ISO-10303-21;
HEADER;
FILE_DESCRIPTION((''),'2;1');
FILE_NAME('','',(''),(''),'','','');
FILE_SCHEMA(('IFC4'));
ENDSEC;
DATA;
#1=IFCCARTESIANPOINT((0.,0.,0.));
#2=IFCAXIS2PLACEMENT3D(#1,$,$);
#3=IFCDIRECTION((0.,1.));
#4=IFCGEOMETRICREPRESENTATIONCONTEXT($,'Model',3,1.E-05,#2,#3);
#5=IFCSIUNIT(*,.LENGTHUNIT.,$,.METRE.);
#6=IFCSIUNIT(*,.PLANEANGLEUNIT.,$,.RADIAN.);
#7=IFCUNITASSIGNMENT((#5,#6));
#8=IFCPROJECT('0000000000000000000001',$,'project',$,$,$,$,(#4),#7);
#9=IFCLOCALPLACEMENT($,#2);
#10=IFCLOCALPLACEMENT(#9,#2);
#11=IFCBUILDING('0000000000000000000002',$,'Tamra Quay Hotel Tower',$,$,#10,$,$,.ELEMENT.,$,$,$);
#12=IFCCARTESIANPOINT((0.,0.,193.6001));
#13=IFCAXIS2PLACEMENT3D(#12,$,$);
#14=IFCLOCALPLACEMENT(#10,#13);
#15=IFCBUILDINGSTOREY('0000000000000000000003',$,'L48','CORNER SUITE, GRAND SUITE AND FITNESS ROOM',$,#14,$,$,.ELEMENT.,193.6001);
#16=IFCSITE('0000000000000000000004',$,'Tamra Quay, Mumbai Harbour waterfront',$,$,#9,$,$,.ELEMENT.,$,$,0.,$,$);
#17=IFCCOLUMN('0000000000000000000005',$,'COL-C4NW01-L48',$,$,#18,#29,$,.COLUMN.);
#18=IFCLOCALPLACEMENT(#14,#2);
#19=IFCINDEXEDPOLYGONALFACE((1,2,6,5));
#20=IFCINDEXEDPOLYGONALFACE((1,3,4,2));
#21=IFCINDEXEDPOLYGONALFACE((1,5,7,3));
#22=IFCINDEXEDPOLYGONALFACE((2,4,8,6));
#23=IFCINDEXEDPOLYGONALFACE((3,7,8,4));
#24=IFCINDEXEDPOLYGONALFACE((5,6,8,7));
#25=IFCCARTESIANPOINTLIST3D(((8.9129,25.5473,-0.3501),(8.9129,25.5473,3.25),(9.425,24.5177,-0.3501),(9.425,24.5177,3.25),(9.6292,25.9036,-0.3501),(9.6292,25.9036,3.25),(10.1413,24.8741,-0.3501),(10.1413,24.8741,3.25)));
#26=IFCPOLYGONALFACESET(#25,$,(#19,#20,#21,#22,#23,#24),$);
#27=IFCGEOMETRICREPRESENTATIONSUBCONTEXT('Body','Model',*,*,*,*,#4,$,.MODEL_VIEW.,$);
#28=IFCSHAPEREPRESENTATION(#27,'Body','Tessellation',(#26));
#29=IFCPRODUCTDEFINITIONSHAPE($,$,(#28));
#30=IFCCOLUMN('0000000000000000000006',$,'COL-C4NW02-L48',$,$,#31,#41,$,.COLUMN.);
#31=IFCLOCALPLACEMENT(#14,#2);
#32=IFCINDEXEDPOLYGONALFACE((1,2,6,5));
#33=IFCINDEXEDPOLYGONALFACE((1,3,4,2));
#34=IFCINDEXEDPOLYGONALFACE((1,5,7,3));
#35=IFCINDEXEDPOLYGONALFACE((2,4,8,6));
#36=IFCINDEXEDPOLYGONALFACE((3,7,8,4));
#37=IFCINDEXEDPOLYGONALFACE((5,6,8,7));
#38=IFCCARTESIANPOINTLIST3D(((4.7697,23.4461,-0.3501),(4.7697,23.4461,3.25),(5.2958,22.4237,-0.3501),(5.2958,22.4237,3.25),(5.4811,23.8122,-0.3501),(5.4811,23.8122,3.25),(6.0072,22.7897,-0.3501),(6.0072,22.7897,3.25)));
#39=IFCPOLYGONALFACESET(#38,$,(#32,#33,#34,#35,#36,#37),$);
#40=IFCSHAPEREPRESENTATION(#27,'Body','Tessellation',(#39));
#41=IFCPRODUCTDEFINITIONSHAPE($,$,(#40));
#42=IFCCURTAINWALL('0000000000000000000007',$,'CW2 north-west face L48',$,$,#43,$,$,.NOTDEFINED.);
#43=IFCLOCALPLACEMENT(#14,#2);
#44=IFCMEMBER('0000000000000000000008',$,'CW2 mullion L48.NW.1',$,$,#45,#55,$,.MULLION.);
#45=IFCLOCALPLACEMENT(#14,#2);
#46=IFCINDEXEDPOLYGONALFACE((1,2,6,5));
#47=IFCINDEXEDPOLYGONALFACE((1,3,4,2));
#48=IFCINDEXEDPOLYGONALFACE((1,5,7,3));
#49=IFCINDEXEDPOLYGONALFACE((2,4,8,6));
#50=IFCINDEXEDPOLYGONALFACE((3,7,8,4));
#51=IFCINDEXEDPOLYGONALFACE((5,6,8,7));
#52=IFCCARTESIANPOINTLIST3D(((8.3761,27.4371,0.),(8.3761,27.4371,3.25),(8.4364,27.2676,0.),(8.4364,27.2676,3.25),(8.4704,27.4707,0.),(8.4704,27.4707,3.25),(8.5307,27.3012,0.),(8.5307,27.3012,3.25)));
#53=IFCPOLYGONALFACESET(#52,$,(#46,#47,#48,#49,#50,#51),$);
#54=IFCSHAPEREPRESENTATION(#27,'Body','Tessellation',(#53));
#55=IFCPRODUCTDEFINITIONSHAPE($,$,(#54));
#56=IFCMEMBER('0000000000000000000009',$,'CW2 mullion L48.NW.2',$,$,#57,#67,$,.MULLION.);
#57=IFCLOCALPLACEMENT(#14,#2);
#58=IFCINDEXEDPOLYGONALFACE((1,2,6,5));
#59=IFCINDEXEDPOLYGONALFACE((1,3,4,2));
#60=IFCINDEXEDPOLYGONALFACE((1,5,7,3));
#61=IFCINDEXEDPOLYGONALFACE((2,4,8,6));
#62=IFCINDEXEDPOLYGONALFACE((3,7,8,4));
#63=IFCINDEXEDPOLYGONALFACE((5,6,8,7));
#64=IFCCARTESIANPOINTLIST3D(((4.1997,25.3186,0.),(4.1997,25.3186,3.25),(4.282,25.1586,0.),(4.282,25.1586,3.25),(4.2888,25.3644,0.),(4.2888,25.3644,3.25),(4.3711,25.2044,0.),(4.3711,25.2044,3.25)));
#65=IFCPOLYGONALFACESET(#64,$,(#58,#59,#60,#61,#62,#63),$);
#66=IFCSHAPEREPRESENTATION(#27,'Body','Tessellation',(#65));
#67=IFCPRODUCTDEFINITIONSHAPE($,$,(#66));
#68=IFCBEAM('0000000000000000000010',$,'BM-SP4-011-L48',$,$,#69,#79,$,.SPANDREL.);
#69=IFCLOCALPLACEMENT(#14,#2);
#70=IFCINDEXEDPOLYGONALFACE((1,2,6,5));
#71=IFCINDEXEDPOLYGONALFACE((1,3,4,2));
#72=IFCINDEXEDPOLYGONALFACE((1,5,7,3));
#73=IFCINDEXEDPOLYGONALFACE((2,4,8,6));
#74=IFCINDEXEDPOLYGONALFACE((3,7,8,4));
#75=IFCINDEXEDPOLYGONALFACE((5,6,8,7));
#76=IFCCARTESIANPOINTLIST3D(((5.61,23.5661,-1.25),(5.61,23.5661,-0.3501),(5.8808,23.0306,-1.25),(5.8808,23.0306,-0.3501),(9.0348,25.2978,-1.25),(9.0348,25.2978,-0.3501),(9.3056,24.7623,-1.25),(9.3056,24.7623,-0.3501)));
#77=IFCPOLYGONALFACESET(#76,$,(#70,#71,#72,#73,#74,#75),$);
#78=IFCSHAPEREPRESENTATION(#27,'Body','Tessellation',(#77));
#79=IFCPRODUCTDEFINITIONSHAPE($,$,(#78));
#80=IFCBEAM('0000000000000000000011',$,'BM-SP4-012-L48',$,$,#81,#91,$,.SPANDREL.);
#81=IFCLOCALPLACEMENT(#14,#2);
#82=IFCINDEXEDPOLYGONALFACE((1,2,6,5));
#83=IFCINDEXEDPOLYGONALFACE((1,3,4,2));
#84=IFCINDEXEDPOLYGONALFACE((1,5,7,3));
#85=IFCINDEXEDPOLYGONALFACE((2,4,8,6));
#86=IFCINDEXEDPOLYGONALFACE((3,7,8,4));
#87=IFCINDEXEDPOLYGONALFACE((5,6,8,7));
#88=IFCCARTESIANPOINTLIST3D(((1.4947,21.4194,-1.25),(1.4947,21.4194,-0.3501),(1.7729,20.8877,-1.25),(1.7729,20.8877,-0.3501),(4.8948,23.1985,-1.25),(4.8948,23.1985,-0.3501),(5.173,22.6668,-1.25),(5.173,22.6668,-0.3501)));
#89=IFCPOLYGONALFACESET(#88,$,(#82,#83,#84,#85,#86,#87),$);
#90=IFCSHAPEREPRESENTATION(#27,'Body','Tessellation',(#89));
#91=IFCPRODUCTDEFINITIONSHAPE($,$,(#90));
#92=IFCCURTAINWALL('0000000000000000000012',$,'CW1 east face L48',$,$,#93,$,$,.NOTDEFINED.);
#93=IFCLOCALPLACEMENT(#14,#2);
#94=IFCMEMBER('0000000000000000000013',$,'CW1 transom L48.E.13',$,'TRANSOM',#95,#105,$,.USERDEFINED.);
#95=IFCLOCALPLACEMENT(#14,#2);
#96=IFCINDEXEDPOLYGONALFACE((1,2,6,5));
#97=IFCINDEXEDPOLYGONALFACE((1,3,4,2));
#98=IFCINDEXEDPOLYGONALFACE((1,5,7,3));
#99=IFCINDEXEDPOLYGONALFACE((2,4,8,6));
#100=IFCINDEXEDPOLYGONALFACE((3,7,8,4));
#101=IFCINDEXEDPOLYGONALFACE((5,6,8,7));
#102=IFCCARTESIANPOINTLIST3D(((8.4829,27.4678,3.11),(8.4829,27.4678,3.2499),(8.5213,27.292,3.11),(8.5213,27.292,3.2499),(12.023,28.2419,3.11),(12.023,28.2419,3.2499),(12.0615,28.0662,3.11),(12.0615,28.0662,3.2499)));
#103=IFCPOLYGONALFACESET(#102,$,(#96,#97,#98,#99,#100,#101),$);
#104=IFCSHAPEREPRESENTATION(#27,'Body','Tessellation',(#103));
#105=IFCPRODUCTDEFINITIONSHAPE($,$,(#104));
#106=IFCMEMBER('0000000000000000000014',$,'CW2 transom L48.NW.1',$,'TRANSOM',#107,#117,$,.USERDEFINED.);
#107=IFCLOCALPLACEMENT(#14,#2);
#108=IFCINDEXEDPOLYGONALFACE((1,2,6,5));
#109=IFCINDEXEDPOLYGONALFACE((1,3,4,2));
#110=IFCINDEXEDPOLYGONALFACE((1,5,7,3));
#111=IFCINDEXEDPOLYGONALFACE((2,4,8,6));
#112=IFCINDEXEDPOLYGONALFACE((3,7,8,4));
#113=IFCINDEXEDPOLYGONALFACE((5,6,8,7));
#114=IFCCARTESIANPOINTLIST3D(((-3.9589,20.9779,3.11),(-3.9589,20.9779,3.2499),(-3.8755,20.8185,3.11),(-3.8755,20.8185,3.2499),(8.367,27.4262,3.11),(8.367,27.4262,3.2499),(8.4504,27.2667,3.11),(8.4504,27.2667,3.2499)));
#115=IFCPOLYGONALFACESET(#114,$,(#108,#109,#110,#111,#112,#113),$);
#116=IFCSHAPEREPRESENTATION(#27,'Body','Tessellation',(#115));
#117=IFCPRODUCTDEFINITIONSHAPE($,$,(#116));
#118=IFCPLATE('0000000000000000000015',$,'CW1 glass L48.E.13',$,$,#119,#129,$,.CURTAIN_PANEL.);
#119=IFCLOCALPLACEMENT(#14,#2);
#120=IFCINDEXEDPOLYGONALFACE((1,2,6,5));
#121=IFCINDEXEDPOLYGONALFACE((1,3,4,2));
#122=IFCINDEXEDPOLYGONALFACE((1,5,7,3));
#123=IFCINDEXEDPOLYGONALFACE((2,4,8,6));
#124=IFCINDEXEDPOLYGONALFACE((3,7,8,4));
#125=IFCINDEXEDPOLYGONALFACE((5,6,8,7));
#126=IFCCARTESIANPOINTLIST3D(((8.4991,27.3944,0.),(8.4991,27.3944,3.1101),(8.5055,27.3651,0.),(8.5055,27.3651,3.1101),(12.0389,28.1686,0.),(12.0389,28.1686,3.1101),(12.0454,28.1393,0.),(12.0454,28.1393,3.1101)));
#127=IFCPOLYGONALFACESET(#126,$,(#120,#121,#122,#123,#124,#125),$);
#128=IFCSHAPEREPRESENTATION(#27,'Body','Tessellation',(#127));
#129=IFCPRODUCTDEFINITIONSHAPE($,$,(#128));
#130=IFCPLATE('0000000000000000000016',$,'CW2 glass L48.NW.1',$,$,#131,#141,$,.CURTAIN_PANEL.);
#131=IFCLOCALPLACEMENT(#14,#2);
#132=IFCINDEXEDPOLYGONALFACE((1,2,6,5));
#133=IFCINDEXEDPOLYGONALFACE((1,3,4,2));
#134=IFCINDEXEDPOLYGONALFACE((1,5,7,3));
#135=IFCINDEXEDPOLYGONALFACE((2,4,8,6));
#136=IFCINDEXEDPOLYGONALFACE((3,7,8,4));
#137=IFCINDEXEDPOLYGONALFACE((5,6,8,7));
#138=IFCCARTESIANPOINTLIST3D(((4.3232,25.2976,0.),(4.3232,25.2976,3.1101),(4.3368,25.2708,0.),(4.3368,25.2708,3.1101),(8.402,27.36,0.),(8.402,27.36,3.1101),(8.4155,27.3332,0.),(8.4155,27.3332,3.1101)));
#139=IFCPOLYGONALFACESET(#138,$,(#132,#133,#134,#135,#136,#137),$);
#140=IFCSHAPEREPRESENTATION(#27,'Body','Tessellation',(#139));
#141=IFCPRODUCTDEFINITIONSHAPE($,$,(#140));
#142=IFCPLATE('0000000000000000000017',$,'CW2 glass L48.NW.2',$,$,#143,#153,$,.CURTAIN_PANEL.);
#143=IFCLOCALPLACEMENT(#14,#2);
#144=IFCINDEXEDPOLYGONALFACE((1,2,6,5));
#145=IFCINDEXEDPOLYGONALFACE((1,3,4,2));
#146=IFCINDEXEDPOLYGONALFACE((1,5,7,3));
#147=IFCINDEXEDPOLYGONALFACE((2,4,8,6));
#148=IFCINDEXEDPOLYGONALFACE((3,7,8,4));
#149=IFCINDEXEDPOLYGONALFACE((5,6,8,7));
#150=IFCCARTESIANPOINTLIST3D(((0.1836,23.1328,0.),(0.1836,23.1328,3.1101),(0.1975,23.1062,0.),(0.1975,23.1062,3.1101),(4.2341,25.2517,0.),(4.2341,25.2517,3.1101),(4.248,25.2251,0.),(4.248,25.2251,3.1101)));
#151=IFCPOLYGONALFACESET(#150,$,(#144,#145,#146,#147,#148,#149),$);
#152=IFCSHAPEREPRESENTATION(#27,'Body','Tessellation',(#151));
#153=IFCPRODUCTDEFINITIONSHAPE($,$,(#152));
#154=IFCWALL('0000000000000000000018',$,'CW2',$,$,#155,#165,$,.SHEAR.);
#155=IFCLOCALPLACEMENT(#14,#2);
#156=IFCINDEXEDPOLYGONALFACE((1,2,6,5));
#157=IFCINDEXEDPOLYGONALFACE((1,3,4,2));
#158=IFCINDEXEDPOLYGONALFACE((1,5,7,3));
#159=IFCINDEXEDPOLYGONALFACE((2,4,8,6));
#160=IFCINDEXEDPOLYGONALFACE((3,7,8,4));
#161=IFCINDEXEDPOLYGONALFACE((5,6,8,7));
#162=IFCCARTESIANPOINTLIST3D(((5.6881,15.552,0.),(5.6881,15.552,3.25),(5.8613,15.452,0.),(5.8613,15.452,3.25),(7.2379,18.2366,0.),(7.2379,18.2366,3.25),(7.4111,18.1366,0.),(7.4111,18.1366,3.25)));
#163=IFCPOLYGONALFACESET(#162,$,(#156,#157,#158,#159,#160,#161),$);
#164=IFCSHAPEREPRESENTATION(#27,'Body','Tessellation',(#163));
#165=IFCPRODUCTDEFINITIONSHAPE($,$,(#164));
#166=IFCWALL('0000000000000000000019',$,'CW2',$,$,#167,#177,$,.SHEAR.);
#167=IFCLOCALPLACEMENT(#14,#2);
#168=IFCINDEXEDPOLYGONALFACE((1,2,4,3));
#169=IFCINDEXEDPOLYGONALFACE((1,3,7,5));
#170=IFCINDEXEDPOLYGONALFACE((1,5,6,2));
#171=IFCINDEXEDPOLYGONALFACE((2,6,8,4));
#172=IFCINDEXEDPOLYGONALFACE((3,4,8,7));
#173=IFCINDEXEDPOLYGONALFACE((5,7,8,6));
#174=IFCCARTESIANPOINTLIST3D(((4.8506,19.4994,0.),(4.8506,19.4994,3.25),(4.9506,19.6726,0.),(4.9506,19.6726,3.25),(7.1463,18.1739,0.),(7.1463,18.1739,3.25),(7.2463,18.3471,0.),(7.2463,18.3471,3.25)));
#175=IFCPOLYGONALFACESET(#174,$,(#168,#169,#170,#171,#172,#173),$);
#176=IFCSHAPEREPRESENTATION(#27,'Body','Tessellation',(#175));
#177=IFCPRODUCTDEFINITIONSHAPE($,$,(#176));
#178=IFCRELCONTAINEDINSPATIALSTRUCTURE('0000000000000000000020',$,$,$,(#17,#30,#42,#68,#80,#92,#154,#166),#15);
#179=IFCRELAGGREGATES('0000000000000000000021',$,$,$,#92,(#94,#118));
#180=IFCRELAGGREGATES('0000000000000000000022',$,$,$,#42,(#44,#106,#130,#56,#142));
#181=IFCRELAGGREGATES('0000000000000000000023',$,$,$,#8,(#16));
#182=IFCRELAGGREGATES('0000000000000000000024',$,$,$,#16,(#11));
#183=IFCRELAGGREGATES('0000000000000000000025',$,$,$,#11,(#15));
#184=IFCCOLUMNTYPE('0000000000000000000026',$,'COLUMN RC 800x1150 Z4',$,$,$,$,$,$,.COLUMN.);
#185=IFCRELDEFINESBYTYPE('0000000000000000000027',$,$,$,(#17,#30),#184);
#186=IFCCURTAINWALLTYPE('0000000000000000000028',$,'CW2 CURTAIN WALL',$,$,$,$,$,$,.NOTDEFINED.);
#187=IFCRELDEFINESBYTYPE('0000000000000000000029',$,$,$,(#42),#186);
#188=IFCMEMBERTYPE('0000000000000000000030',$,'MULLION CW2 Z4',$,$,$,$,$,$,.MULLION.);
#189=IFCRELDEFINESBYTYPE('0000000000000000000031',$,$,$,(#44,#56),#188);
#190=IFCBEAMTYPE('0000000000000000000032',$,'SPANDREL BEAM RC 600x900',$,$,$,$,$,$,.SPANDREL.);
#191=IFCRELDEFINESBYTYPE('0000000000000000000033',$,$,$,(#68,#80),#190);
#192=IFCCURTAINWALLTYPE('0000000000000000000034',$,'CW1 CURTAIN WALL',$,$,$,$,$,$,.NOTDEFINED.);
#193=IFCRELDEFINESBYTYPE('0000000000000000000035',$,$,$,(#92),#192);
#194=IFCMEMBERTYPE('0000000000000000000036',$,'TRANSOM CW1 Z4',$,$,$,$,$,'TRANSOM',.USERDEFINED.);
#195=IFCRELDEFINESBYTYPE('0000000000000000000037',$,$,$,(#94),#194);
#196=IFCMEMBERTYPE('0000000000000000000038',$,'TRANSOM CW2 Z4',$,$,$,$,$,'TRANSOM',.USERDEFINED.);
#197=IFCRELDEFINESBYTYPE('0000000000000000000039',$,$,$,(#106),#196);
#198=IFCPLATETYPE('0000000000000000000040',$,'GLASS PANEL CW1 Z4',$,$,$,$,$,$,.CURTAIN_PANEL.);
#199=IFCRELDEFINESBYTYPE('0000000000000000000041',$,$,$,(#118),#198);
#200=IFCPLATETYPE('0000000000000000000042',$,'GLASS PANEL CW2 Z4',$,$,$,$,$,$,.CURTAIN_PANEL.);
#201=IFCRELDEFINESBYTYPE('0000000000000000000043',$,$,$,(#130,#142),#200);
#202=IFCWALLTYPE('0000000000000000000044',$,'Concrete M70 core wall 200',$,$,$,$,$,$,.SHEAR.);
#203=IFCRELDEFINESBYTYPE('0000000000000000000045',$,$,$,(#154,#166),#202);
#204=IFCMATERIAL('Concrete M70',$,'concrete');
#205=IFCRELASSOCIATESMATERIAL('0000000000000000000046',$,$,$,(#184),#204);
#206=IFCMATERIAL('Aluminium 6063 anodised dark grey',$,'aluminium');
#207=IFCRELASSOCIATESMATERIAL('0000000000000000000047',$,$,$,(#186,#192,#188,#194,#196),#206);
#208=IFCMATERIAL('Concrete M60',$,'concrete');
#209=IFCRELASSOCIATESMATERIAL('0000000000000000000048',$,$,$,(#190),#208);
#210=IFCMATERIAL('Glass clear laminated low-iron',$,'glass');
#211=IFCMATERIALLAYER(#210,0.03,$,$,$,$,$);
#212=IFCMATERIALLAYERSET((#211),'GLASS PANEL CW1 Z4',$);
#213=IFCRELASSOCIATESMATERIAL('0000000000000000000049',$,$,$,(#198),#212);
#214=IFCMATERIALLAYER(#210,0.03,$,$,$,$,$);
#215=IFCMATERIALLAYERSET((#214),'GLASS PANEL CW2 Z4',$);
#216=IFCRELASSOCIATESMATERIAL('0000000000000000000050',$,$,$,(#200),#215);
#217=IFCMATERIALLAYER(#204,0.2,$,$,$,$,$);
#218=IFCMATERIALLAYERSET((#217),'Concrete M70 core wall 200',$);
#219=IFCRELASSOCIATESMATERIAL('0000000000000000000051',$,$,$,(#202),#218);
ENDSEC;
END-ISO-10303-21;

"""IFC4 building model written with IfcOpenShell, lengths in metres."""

from ifc_helpers import new_model, si_unit, direction, frame, frame_2d, origin, origin_2d, place, context, subcontext, project, spatial, rectangle, extrude, material, layer, layer_set, material_profile, profile_set, type_object, element, aggregate, save


model = new_model("IFC4")

# Units and contexts
model_context = context("Model", 3, precision=1e-05, world=origin(), true_north=direction((0.0, 1.0)))
body_context = subcontext(model_context, "Body", "Model", "MODEL_VIEW")
ifc_project = project(units=[si_unit("LENGTHUNIT", "METRE"), si_unit("PLANEANGLEUNIT", "RADIAN")], contexts=[model_context])

# Site, building, storey
site_placement = place(None, origin())
site = spatial("IfcSite", under=ifc_project, at=site_placement, Name="Tamra Quay, Mumbai Harbour waterfront", CompositionType="ELEMENT", RefElevation=0.0)
building_placement = place(site_placement, origin())
building = spatial("IfcBuilding", under=site, at=building_placement, Name="Tamra Quay Hotel Tower", CompositionType="ELEMENT")
storey_placement = place(building_placement, frame((0.0, 0.0, 193.6001)))
storey = spatial("IfcBuildingStorey", under=building, at=storey_placement, Name="L48", Description="CORNER SUITE, GRAND SUITE AND FITNESS ROOM", CompositionType="ELEMENT", Elevation=193.6001)

# Columns
ifc_material_1 = material(Name="Concrete M70", Category="concrete")
ifc_material_profile_1 = material_profile(ifc_material_1, rectangle(XDim=1.1499, YDim=0.8, at=origin_2d()), Name="COLUMN RC 800x1150 Z4")
ifc_profile_set_1 = profile_set([ifc_material_profile_1], Name="Concrete M70")
column_type = type_object("IfcColumnType", Name="COLUMN RC 800x1150 Z4", PredefinedType="COLUMN", material=ifc_profile_set_1)
for number, where, z_axis, x_axis, name in (
    (1, (9.5271, 25.2107, -0.3501), (0.0, 0.0, 1.0), (-0.445415, 0.895324, 0.0), "COL-C4NW01-L48"),
    (2, (5.3884, 23.1179, -0.3501), (0.0, 0.0, 1.0), (-0.457548, 0.889185, 0.0), "COL-C4NW02-L48"),
):
    element("IfcColumn", number, at=place(storey_placement, frame(where, z_axis=z_axis, x_axis=x_axis)), inside=storey, type_object=column_type, Name=name, PredefinedType="COLUMN", context=body_context, shape_type="SweptSolid", body=[
        extrude(rectangle(XDim=1.1499, YDim=0.8, at=origin_2d()), origin(), (0.0, 0.0, 1.0), 3.6001),
    ])

# Curtain wall, members
ifc_material_2 = material(Name="Aluminium 6063 anodised dark grey", Category="aluminium")
curtain_wall_type_1 = type_object("IfcCurtainWallType", Name="CW2 CURTAIN WALL", PredefinedType="NOTDEFINED", material=ifc_material_2)
curtain_wall_1_placement = place(storey_placement, origin())
curtain_wall_1 = element("IfcCurtainWall", 3, at=curtain_wall_1_placement, inside=storey, type_object=curtain_wall_type_1, Name="CW2 north-west face L48", PredefinedType="NOTDEFINED")
ifc_material_profile_2 = material_profile(ifc_material_2, rectangle(XDim=0.1799, YDim=0.1001, at=origin_2d()), Name="MULLION 100X180")
ifc_profile_set_2 = profile_set([ifc_material_profile_2], Name="Aluminium 6063 anodised dark grey")
member_type_1 = type_object("IfcMemberType", Name="MULLION CW2 Z4", PredefinedType="MULLION", material=ifc_profile_set_2)
member_1_placement = place(storey_placement, frame((8.4534, 27.3691, 0.0), z_axis=(0.0, 0.0, 1.0), x_axis=(-0.335128, 0.942172, 0.0)))
member_1 = element("IfcMember", 4, at=member_1_placement, type_object=member_type_1, Name="CW2 mullion L48.NW.1", PredefinedType="MULLION", context=body_context, shape_type="SweptSolid", body=[
    extrude(rectangle(XDim=0.1799, YDim=0.1001, at=origin_2d()), origin(), (0.0, 0.0, 1.0), 3.25),
])
member_2_placement = place(storey_placement, frame((4.2854, 25.2615, 0.0), z_axis=(0.0, 0.0, 1.0), x_axis=(-0.457401, 0.88926, 0.0)))
member_2 = element("IfcMember", 5, at=member_2_placement, type_object=member_type_1, Name="CW2 mullion L48.NW.2", PredefinedType="MULLION", context=body_context, shape_type="SweptSolid", body=[
    extrude(rectangle(XDim=0.1799, YDim=0.1001, at=origin_2d()), origin(), (0.0, 0.0, 1.0), 3.25),
])

# Beams
ifc_material_3 = material(Name="Concrete M60", Category="concrete")
ifc_material_profile_3 = material_profile(ifc_material_3, rectangle(XDim=0.6001, YDim=0.8999, at=origin_2d()), Name="SPANDREL BEAM RC 600x900")
ifc_profile_set_3 = profile_set([ifc_material_profile_3], Name="Concrete M60")
beam_type = type_object("IfcBeamType", Name="SPANDREL BEAM RC 600x900", PredefinedType="SPANDREL", material=ifc_profile_set_3)
beam_1_placement = place(storey_placement, frame((9.1702, 25.03, -0.8), z_axis=(-0.892408, -0.45123, 0.0), x_axis=(0.45123, -0.892408, 0.0)))
element("IfcBeam", 6, at=beam_1_placement, inside=storey, type_object=beam_type, Name="BM-SP4-011-L48", PredefinedType="SPANDREL", context=body_context, shape_type="SweptSolid", body=[
    extrude(rectangle(XDim=0.6001, YDim=0.8999, at=origin_2d()), origin(), (0.0, 0.0, 1.0), 3.8376),
])
beam_2_placement = place(storey_placement, frame((5.0339, 22.9326, -0.8), z_axis=(-0.886043, -0.463603, 0.0), x_axis=(0.463603, -0.886043, 0.0)))
element("IfcBeam", 7, at=beam_2_placement, inside=storey, type_object=beam_type, Name="BM-SP4-012-L48", PredefinedType="SPANDREL", context=body_context, shape_type="SweptSolid", body=[
    extrude(rectangle(XDim=0.6001, YDim=0.8999, at=origin_2d()), origin(), (0.0, 0.0, 1.0), 3.8374),
])

# Curtain wall, member
curtain_wall_type_2 = type_object("IfcCurtainWallType", Name="CW1 CURTAIN WALL", PredefinedType="NOTDEFINED", material=ifc_material_2)
curtain_wall_2_placement = place(storey_placement, origin())
curtain_wall_2 = element("IfcCurtainWall", 8, at=curtain_wall_2_placement, inside=storey, type_object=curtain_wall_type_2, Name="CW1 east face L48", PredefinedType="NOTDEFINED")
ifc_material_profile_4 = material_profile(ifc_material_2, rectangle(XDim=0.1799, YDim=0.1399, at=origin_2d()), Name="TRANSOM 180X140")
ifc_profile_set_4 = profile_set([ifc_material_profile_4], Name="Aluminium 6063 anodised dark grey")
member_type_2 = type_object("IfcMemberType", Name="TRANSOM CW1 Z4", ElementType="TRANSOM", PredefinedType="USERDEFINED", material=ifc_profile_set_4)
member_3_placement = place(storey_placement, frame((12.0422, 28.1541, 3.1799), z_axis=(-0.976912, -0.213641, 0.0), x_axis=(0.213641, -0.976912, 0.0)))
member_3 = element("IfcMember", 9, at=member_3_placement, type_object=member_type_2, Name="CW1 transom L48.E.13", ObjectType="TRANSOM", PredefinedType="USERDEFINED", context=body_context, shape_type="SweptSolid", body=[
    extrude(rectangle(XDim=0.1799, YDim=0.1399, at=origin_2d()), origin(), (0.0, 0.0, 1.0), 3.6238),
])

# Member
ifc_material_profile_5 = material_profile(ifc_material_2, rectangle(XDim=0.1799, YDim=0.1399, at=origin_2d()), Name="TRANSOM 180X140")
ifc_profile_set_5 = profile_set([ifc_material_profile_5], Name="Aluminium 6063 anodised dark grey")
member_type_3 = type_object("IfcMemberType", Name="TRANSOM CW2 Z4", ElementType="TRANSOM", PredefinedType="USERDEFINED", material=ifc_profile_set_5)
member_4_placement = place(storey_placement, frame((8.4087, 27.3464, 3.1799), z_axis=(-0.886074, -0.463545, 0.0), x_axis=(0.463545, -0.886074, 0.0)))
member_4 = element("IfcMember", 10, at=member_4_placement, type_object=member_type_3, Name="CW2 transom L48.NW.1", ObjectType="TRANSOM", PredefinedType="USERDEFINED", context=body_context, shape_type="SweptSolid", body=[
    extrude(rectangle(XDim=0.1799, YDim=0.1399, at=origin_2d()), origin(), (0.0, 0.0, 1.0), 13.9106),
])

# Plates
ifc_material_4 = material(Name="Glass clear laminated low-iron", Category="glass")
ifc_layer_1 = layer(ifc_material_4, 0.03)
ifc_layer_set_1 = layer_set([ifc_layer_1], Name="GLASS PANEL CW1 Z4")
plate_type_1 = type_object("IfcPlateType", Name="GLASS PANEL CW1 Z4", PredefinedType="CURTAIN_PANEL", material=ifc_layer_set_1)
plate_1_placement = place(storey_placement, frame((10.2722, 27.7668, 0.0), z_axis=(0.0, 0.0, 1.0), x_axis=(-0.976906, -0.213669, 0.0)))
plate_1 = element("IfcPlate", 11, at=plate_1_placement, type_object=plate_type_1, Name="CW1 glass L48.E.13", PredefinedType="CURTAIN_PANEL", context=body_context, shape_type="SweptSolid", body=[
    extrude(rectangle(XDim=3.6235, YDim=0.03, at=origin_2d()), origin(), (0.0, 0.0, 1.0), 3.1101),
])
aggregate(curtain_wall_2, [member_3, plate_1])
ifc_layer_2 = layer(ifc_material_4, 0.03)
ifc_layer_set_2 = layer_set([ifc_layer_2], Name="GLASS PANEL CW2 Z4")
plate_type_2 = type_object("IfcPlateType", Name="GLASS PANEL CW2 Z4", PredefinedType="CURTAIN_PANEL", material=ifc_layer_set_2)
plate_2_placement = place(storey_placement, frame((6.3694, 26.3154, 0.0), z_axis=(0.0, 0.0, 1.0), x_axis=(-0.892403, -0.45124, 0.0)))
plate_2 = element("IfcPlate", 12, at=plate_2_placement, type_object=plate_type_2, Name="CW2 glass L48.NW.1", PredefinedType="CURTAIN_PANEL", context=body_context, shape_type="SweptSolid", body=[
    extrude(rectangle(XDim=4.5706, YDim=0.03, at=origin_2d()), origin(), (0.0, 0.0, 1.0), 3.1101),
])
plate_3_placement = place(storey_placement, frame((2.2158, 24.179, 0.0), z_axis=(0.0, 0.0, 1.0), x_axis=(-0.886075, -0.463541, 0.0)))
plate_3 = element("IfcPlate", 13, at=plate_3_placement, type_object=plate_type_2, Name="CW2 glass L48.NW.2", PredefinedType="CURTAIN_PANEL", context=body_context, shape_type="SweptSolid", body=[
    extrude(rectangle(XDim=4.5713, YDim=0.03, at=origin_2d()), origin(), (0.0, 0.0, 1.0), 3.1101),
])
aggregate(curtain_wall_1, [member_1, member_4, plate_2, member_2, plate_3])

# Walls
ifc_layer_3 = layer(ifc_material_1, 0.2)
ifc_layer_set_3 = layer_set([ifc_layer_3], Name="Concrete M70 core wall 200")
wall_type_1 = type_object("IfcWallType", Name="Concrete M70 core wall 200", PredefinedType="SHEAR", material=ifc_layer_set_3)
wall_1_placement = place(storey_placement, frame((7.3245, 18.1865, 0.0), z_axis=(0.0, 0.0, 1.0), x_axis=(-0.499968, -0.866044, 0.0)))
element("IfcWall", 14, at=wall_1_placement, inside=storey, type_object=wall_type_1, Name="CW2", PredefinedType="SHEAR", context=body_context, shape_type="SweptSolid", body=[
    extrude(rectangle(XDim=3.0999, YDim=0.2, at=frame_2d((1.5498, 0.0))), origin(), (0.0, 0.0, 1.0), 3.25),
])
wall_2_placement = place(storey_placement, frame((7.1963, 18.2605, 0.0), z_axis=(0.0, 0.0, 1.0), x_axis=(-0.866018, 0.500012, 0.0)))
element("IfcWall", 15, at=wall_2_placement, inside=storey, type_object=wall_type_1, Name="CW2", PredefinedType="SHEAR", context=body_context, shape_type="SweptSolid", body=[
    extrude(rectangle(XDim=2.6509, YDim=0.2, at=frame_2d((1.3254, 0.0))), origin(), (0.0, 0.0, 1.0), 3.25),
])

save(model, "model.ifc")
